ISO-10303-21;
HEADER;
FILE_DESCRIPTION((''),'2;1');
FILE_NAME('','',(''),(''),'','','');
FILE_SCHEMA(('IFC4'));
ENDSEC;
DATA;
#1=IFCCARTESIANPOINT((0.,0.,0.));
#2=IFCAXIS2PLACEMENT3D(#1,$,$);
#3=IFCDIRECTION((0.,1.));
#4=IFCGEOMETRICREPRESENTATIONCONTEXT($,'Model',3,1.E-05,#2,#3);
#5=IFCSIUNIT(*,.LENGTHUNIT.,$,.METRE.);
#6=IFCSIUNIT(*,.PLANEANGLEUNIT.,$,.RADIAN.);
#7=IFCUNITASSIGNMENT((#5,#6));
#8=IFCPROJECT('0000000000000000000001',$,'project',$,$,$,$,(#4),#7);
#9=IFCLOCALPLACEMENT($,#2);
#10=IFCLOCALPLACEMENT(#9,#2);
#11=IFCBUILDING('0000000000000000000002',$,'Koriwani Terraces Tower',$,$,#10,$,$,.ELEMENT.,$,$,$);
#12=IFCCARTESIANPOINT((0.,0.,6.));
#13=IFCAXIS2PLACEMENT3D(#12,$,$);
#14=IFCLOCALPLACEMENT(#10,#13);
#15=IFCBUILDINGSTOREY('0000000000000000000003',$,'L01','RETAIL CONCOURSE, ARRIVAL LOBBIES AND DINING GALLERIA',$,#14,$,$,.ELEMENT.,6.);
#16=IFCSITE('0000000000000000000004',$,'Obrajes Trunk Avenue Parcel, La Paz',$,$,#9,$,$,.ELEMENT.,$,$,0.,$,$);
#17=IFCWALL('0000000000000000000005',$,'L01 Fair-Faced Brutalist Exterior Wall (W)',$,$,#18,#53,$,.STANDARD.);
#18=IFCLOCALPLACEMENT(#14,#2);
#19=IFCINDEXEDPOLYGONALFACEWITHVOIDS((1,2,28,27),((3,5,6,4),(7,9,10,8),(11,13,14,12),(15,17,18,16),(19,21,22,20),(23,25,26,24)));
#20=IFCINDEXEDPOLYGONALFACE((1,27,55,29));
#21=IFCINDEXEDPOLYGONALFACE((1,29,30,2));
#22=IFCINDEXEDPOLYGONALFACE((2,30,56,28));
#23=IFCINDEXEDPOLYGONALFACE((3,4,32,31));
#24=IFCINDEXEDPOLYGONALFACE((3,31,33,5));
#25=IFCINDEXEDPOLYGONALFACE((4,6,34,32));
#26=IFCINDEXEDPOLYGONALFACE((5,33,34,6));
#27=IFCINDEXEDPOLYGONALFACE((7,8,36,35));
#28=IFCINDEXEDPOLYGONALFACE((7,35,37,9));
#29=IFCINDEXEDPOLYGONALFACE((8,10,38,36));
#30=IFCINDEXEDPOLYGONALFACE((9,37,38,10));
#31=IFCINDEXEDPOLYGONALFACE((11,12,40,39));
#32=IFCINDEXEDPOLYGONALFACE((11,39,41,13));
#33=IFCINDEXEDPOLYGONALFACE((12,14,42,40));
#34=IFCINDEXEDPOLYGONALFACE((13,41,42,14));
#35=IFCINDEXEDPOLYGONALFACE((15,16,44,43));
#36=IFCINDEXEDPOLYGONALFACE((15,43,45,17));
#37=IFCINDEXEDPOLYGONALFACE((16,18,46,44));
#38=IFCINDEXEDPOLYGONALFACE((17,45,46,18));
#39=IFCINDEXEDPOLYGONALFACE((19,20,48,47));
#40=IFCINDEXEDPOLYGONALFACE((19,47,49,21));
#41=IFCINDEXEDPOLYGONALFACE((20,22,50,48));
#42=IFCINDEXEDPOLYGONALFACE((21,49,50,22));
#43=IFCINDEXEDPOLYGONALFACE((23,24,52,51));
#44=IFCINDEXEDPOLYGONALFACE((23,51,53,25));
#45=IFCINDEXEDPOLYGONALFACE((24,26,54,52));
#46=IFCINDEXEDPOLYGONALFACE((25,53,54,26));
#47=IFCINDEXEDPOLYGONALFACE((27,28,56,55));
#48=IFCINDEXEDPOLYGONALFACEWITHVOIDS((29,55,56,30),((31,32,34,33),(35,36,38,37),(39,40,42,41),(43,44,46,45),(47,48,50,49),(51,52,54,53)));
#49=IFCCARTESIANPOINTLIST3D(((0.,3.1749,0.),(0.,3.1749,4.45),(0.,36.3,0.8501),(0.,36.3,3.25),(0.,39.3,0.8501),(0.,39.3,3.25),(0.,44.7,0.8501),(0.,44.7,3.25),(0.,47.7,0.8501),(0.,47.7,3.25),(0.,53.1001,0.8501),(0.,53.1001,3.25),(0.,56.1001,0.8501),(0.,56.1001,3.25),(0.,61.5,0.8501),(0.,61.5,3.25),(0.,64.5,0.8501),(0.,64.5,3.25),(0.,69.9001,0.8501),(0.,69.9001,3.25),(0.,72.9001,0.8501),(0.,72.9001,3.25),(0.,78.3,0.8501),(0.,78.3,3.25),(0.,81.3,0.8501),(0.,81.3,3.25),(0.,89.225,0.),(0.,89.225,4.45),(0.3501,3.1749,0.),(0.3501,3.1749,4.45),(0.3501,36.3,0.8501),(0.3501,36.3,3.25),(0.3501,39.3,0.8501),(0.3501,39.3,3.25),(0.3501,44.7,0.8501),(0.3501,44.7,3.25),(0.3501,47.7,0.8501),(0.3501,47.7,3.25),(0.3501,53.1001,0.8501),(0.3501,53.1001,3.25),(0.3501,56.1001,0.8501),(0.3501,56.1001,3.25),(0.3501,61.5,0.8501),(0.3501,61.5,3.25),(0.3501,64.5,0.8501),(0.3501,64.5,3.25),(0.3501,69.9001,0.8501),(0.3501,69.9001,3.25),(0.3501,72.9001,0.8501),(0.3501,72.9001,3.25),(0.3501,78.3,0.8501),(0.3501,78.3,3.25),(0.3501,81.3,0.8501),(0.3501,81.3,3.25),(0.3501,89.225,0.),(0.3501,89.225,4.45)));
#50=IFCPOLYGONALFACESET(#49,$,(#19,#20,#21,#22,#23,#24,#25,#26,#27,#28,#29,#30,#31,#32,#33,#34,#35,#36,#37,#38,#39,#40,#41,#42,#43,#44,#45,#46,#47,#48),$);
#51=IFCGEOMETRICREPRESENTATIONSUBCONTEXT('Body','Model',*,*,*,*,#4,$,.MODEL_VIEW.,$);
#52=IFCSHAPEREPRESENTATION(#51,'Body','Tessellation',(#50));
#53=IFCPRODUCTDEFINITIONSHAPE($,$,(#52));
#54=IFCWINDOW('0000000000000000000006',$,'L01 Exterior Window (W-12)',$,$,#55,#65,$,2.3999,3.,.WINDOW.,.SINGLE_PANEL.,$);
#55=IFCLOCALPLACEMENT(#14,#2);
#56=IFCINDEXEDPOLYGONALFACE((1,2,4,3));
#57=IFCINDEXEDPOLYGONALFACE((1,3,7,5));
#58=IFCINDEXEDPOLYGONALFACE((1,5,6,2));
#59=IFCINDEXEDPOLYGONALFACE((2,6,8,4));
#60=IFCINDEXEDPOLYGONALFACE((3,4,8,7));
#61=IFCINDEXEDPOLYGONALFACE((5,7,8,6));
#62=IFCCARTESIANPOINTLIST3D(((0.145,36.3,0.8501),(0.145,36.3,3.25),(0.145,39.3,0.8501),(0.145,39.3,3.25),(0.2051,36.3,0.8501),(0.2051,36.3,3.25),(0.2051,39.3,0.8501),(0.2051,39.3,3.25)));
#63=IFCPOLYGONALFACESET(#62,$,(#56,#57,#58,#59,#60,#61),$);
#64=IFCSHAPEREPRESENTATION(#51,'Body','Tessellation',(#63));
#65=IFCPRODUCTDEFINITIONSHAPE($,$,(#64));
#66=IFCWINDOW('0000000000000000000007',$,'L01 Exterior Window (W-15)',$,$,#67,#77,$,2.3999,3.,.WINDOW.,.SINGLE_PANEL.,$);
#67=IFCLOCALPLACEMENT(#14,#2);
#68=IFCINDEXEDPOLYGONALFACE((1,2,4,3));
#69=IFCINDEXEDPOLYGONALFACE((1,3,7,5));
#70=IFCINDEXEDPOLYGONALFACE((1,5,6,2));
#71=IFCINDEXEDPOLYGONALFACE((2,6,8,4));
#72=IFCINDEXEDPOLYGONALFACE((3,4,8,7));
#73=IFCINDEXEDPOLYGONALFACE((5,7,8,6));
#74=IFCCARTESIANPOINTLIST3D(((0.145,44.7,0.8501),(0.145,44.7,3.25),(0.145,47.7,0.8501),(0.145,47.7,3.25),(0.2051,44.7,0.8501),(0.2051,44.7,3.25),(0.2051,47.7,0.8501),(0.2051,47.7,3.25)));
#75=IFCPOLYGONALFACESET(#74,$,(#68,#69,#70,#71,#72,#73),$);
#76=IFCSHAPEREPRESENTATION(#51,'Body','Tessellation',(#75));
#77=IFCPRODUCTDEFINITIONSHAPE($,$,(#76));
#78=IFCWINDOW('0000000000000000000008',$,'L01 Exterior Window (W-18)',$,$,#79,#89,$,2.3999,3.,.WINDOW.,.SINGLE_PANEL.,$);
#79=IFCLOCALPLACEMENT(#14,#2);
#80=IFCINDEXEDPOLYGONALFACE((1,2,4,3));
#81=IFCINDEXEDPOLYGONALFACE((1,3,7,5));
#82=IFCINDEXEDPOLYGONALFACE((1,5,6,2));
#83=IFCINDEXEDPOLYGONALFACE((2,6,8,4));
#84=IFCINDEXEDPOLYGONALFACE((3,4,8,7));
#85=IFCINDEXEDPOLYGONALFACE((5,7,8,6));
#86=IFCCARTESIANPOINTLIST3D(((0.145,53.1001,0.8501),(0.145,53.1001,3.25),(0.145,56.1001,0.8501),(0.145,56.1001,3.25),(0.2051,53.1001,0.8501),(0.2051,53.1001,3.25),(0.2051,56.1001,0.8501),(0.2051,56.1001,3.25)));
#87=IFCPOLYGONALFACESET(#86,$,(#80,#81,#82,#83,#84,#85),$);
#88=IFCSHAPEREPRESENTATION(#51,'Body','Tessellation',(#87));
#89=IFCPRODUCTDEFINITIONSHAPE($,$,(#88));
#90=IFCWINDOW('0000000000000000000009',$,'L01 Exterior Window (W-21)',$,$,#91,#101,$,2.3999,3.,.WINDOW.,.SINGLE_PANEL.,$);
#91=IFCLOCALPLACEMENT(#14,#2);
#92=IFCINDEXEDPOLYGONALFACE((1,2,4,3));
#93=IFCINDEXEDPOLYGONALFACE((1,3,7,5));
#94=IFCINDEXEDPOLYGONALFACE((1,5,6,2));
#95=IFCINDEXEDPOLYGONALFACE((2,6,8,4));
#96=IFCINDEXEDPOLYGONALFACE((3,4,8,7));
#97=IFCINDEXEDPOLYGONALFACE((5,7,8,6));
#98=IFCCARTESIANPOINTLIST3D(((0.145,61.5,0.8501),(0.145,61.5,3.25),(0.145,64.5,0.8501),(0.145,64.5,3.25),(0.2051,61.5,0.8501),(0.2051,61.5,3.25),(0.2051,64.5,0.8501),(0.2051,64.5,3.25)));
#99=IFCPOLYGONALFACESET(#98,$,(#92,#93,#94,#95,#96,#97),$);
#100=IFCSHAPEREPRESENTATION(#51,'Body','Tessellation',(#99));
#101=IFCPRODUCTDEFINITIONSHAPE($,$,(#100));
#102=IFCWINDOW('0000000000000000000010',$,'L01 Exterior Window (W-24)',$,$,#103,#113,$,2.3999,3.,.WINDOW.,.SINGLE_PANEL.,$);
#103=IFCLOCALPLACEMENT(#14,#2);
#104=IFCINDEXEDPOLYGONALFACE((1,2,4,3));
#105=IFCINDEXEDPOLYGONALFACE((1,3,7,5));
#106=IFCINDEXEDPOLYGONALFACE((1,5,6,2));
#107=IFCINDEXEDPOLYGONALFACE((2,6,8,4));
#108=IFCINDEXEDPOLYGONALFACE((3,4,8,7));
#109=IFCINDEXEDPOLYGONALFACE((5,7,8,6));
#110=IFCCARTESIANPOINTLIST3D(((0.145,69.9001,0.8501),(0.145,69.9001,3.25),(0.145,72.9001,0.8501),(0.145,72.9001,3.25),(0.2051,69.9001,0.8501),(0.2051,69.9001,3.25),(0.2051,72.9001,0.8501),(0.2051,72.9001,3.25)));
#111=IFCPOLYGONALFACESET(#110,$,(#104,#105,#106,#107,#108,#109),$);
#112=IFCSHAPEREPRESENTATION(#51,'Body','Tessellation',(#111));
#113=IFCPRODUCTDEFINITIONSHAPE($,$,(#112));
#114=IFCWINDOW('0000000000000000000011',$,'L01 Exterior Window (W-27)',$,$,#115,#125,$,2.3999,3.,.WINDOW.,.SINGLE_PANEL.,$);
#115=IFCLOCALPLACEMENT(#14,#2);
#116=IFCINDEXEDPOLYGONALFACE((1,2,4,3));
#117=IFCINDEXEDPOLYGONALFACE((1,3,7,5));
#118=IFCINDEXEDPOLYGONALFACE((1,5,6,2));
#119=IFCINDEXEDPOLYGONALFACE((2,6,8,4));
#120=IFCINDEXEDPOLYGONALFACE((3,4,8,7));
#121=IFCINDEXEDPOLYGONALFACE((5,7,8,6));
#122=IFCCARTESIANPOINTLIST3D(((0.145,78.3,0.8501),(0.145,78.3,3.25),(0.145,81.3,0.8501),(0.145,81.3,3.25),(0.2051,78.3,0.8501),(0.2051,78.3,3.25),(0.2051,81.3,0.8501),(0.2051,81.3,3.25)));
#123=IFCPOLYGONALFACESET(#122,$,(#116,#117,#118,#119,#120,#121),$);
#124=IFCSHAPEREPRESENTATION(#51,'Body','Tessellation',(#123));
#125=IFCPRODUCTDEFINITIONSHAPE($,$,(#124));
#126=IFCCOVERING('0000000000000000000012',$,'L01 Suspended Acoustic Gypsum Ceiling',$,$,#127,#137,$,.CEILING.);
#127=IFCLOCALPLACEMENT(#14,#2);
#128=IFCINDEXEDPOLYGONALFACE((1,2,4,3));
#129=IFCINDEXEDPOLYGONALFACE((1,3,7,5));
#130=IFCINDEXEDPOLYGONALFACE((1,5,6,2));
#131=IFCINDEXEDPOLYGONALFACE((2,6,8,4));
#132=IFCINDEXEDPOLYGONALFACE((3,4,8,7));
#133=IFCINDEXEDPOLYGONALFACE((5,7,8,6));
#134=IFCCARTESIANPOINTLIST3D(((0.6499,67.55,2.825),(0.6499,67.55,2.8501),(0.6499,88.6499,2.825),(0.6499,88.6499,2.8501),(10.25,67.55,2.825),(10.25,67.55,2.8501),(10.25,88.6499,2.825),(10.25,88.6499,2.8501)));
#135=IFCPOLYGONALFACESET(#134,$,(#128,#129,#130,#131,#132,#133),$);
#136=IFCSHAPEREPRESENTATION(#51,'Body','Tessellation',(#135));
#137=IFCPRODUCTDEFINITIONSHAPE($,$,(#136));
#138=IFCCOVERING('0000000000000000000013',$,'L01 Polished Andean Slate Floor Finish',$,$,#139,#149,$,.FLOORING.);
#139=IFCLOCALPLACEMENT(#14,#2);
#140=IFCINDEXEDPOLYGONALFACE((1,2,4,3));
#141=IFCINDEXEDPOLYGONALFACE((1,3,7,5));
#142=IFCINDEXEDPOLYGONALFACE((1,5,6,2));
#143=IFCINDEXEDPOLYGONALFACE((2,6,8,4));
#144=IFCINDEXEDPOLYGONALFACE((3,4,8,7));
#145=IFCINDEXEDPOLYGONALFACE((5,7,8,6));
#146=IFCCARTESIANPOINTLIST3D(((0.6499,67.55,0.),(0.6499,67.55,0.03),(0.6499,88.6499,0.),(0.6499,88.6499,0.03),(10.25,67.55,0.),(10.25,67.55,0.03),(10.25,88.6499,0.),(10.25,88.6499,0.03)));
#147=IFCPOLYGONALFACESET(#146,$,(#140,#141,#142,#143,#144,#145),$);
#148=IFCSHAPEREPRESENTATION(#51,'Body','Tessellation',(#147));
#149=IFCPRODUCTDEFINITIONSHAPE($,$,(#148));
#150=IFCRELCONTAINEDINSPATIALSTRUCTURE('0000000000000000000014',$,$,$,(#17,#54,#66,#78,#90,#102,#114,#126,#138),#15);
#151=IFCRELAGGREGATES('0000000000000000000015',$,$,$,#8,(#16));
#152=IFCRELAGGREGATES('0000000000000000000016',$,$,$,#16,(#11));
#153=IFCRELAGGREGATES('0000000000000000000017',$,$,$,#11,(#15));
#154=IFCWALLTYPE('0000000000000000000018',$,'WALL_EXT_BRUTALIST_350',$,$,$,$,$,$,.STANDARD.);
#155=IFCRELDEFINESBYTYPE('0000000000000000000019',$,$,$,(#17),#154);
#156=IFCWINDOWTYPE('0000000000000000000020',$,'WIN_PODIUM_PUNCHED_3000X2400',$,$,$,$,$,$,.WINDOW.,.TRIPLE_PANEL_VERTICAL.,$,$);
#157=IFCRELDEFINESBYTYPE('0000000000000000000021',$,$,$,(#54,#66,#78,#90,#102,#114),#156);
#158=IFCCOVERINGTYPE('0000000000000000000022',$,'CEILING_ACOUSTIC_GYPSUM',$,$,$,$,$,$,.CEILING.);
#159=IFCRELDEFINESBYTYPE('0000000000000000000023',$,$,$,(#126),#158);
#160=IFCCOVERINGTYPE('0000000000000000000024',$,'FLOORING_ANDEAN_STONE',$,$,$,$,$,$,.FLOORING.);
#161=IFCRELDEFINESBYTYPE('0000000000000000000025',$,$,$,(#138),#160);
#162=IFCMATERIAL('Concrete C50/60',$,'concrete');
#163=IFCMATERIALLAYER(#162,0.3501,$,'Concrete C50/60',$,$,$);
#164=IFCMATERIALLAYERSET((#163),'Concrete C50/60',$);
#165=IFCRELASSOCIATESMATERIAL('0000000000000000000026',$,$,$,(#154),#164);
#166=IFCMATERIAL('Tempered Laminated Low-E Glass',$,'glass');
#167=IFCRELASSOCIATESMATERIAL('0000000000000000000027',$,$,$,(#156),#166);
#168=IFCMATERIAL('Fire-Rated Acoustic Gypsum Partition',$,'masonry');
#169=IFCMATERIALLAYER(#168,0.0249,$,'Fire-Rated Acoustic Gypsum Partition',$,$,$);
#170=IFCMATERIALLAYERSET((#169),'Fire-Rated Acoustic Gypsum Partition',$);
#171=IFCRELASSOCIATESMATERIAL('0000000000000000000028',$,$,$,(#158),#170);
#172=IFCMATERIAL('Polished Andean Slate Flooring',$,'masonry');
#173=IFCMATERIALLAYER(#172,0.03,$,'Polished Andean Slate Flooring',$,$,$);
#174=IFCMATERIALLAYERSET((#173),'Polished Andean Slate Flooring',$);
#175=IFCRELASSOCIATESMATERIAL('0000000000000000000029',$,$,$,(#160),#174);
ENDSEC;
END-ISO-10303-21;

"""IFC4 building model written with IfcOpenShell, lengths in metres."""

from ifc_helpers import new_model, si_unit, direction, frame, frame_2d, origin, place, context, subcontext, project, spatial, polyline, rectangle, outline, extrude, material, layer, layer_set, type_object, element, fill, save


model = new_model("IFC4")

# Units and contexts
model_context = context("Model", 3, precision=1e-05, world=origin(), true_north=direction((0.0, 1.0)))
body_context = subcontext(model_context, "Body", "Model", "MODEL_VIEW")
ifc_project = project(units=[si_unit("LENGTHUNIT", "METRE"), si_unit("PLANEANGLEUNIT", "RADIAN")], contexts=[model_context])

# Site, building, storey
site_placement = place(None, origin())
site = spatial("IfcSite", under=ifc_project, at=site_placement, Name="Obrajes Trunk Avenue Parcel, La Paz", CompositionType="ELEMENT", RefElevation=0.0)
building_placement = place(site_placement, origin())
building = spatial("IfcBuilding", under=site, at=building_placement, Name="Koriwani Terraces Tower", CompositionType="ELEMENT")
storey_placement = place(building_placement, frame((0.0, 0.0, 6.0)))
storey = spatial("IfcBuildingStorey", under=building, at=storey_placement, Name="L01", Description="RETAIL CONCOURSE, ARRIVAL LOBBIES AND DINING GALLERIA", CompositionType="ELEMENT", Elevation=6.0)

# Shared definitions
ifc_material_1 = material(Name="Concrete C50/60", Category="concrete")
ifc_material_2 = material(Name="Tempered Laminated Low-E Glass", Category="glass")

# Shared definitions
ifc_layer_1 = layer(ifc_material_1, 0.3501, Name="Concrete C50/60")
ifc_layer_set_1 = layer_set([ifc_layer_1], Name="Concrete C50/60")
wall_type = type_object("IfcWallType", Name="WALL_EXT_BRUTALIST_350", PredefinedType="STANDARD", material=ifc_layer_set_1)

# Wall, openings, windows
wall_placement = place(storey_placement, frame((0.175, 3.175, 0.0), z_axis=(0.0, 0.0, 1.0), x_axis=(0.0, 1.0, 0.0)))
wall = element("IfcWall", 1, at=wall_placement, inside=storey, type_object=wall_type, Name="L01 Fair-Faced Brutalist Exterior Wall (W)", PredefinedType="STANDARD", context=body_context, shape_type="SweptSolid", body=[
    extrude(rectangle(XDim=86.05, YDim=0.3501, at=frame_2d((43.0249, 0.0))), origin(), (0.0, 0.0, 1.0), 4.45),
])
opening_1_placement = place(wall_placement, frame((33.125, 0.0, 0.8501)))
opening_1 = element("IfcOpeningElement", 2, at=opening_1_placement, cuts=wall, PredefinedType="OPENING", context=body_context, shape_type="SweptSolid", body=[
    extrude(rectangle(XDim=3.0, YDim=2.3999, at=frame_2d((1.5, 1.2))), frame((0.0, 0.1851, 0.0), z_axis=(0.0, -1.0, 0.0), x_axis=(1.0, 0.0, 0.0)), (0.0, 0.0, 1.0), 0.3701),
])
opening_2_placement = place(wall_placement, frame((41.5249, 0.0, 0.8501)))
opening_2 = element("IfcOpeningElement", 3, at=opening_2_placement, cuts=wall, PredefinedType="OPENING", context=body_context, shape_type="SweptSolid", body=[
    extrude(rectangle(XDim=3.0, YDim=2.3999, at=frame_2d((1.5, 1.2))), frame((0.0, 0.1851, 0.0), z_axis=(0.0, -1.0, 0.0), x_axis=(1.0, 0.0, 0.0)), (0.0, 0.0, 1.0), 0.3701),
])
opening_3_placement = place(wall_placement, frame((49.925, 0.0, 0.8501)))
opening_3 = element("IfcOpeningElement", 4, at=opening_3_placement, cuts=wall, PredefinedType="OPENING", context=body_context, shape_type="SweptSolid", body=[
    extrude(rectangle(XDim=3.0, YDim=2.3999, at=frame_2d((1.5, 1.2))), frame((0.0, 0.1851, 0.0), z_axis=(0.0, -1.0, 0.0), x_axis=(1.0, 0.0, 0.0)), (0.0, 0.0, 1.0), 0.3701),
])
opening_4_placement = place(wall_placement, frame((58.325, 0.0, 0.8501)))
opening_4 = element("IfcOpeningElement", 5, at=opening_4_placement, cuts=wall, PredefinedType="OPENING", context=body_context, shape_type="SweptSolid", body=[
    extrude(rectangle(XDim=3.0, YDim=2.3999, at=frame_2d((1.5, 1.2))), frame((0.0, 0.1851, 0.0), z_axis=(0.0, -1.0, 0.0), x_axis=(1.0, 0.0, 0.0)), (0.0, 0.0, 1.0), 0.3701),
])
opening_5_placement = place(wall_placement, frame((66.7251, 0.0, 0.8501)))
opening_5 = element("IfcOpeningElement", 6, at=opening_5_placement, cuts=wall, PredefinedType="OPENING", context=body_context, shape_type="SweptSolid", body=[
    extrude(rectangle(XDim=3.0, YDim=2.3999, at=frame_2d((1.5, 1.2))), frame((0.0, 0.1851, 0.0), z_axis=(0.0, -1.0, 0.0), x_axis=(1.0, 0.0, 0.0)), (0.0, 0.0, 1.0), 0.3701),
])
opening_6_placement = place(wall_placement, frame((75.125, 0.0, 0.8501)))
opening_6 = element("IfcOpeningElement", 7, at=opening_6_placement, cuts=wall, PredefinedType="OPENING", context=body_context, shape_type="SweptSolid", body=[
    extrude(rectangle(XDim=3.0, YDim=2.3999, at=frame_2d((1.5, 1.2))), frame((0.0, 0.1851, 0.0), z_axis=(0.0, -1.0, 0.0), x_axis=(1.0, 0.0, 0.0)), (0.0, 0.0, 1.0), 0.3701),
])
window_type_1 = type_object("IfcWindowType", Name="WIN_PODIUM_PUNCHED_3000X2400", PartitioningType="TRIPLE_PANEL_VERTICAL", PredefinedType="WINDOW", material=ifc_material_2)
window_1_placement = place(opening_1_placement, origin())
window_1 = element("IfcWindow", 8, at=window_1_placement, inside=storey, type_object=window_type_1, Name="L01 Exterior Window (W-12)", OverallHeight=2.3999, OverallWidth=3.0, PartitioningType="SINGLE_PANEL", PredefinedType="WINDOW", context=body_context, shape_type="SweptSolid", body=[
    extrude(rectangle(XDim=3.0, YDim=2.3999, at=frame_2d((1.5, 1.2))), frame((0.0, 0.03, 0.0), z_axis=(0.0, -1.0, 0.0), x_axis=(1.0, 0.0, 0.0)), (0.0, 0.0, 1.0), 0.0601),
])
fill(opening_1, window_1)
window_2_placement = place(opening_2_placement, origin())
window_2 = element("IfcWindow", 9, at=window_2_placement, inside=storey, type_object=window_type_1, Name="L01 Exterior Window (W-15)", OverallHeight=2.3999, OverallWidth=3.0, PartitioningType="SINGLE_PANEL", PredefinedType="WINDOW", context=body_context, shape_type="SweptSolid", body=[
    extrude(rectangle(XDim=3.0, YDim=2.3999, at=frame_2d((1.5, 1.2))), frame((0.0, 0.03, 0.0), z_axis=(0.0, -1.0, 0.0), x_axis=(1.0, 0.0, 0.0)), (0.0, 0.0, 1.0), 0.0601),
])
fill(opening_2, window_2)
window_3_placement = place(opening_3_placement, origin())
window_3 = element("IfcWindow", 10, at=window_3_placement, inside=storey, type_object=window_type_1, Name="L01 Exterior Window (W-18)", OverallHeight=2.3999, OverallWidth=3.0, PartitioningType="SINGLE_PANEL", PredefinedType="WINDOW", context=body_context, shape_type="SweptSolid", body=[
    extrude(rectangle(XDim=3.0, YDim=2.3999, at=frame_2d((1.5, 1.2))), frame((0.0, 0.03, 0.0), z_axis=(0.0, -1.0, 0.0), x_axis=(1.0, 0.0, 0.0)), (0.0, 0.0, 1.0), 0.0601),
])
fill(opening_3, window_3)
window_4_placement = place(opening_4_placement, origin())
window_4 = element("IfcWindow", 11, at=window_4_placement, inside=storey, type_object=window_type_1, Name="L01 Exterior Window (W-21)", OverallHeight=2.3999, OverallWidth=3.0, PartitioningType="SINGLE_PANEL", PredefinedType="WINDOW", context=body_context, shape_type="SweptSolid", body=[
    extrude(rectangle(XDim=3.0, YDim=2.3999, at=frame_2d((1.5, 1.2))), frame((0.0, 0.03, 0.0), z_axis=(0.0, -1.0, 0.0), x_axis=(1.0, 0.0, 0.0)), (0.0, 0.0, 1.0), 0.0601),
])
fill(opening_4, window_4)
window_5_placement = place(opening_5_placement, origin())
window_5 = element("IfcWindow", 12, at=window_5_placement, inside=storey, type_object=window_type_1, Name="L01 Exterior Window (W-24)", OverallHeight=2.3999, OverallWidth=3.0, PartitioningType="SINGLE_PANEL", PredefinedType="WINDOW", context=body_context, shape_type="SweptSolid", body=[
    extrude(rectangle(XDim=3.0, YDim=2.3999, at=frame_2d((1.5, 1.2))), frame((0.0, 0.03, 0.0), z_axis=(0.0, -1.0, 0.0), x_axis=(1.0, 0.0, 0.0)), (0.0, 0.0, 1.0), 0.0601),
])
fill(opening_5, window_5)
window_6_placement = place(opening_6_placement, origin())
window_6 = element("IfcWindow", 13, at=window_6_placement, inside=storey, type_object=window_type_1, Name="L01 Exterior Window (W-27)", OverallHeight=2.3999, OverallWidth=3.0, PartitioningType="SINGLE_PANEL", PredefinedType="WINDOW", context=body_context, shape_type="SweptSolid", body=[
    extrude(rectangle(XDim=3.0, YDim=2.3999, at=frame_2d((1.5, 1.2))), frame((0.0, 0.03, 0.0), z_axis=(0.0, -1.0, 0.0), x_axis=(1.0, 0.0, 0.0)), (0.0, 0.0, 1.0), 0.0601),
])
fill(opening_6, window_6)

# Coverings
ifc_material_3 = material(Name="Fire-Rated Acoustic Gypsum Partition", Category="masonry")
ifc_layer_2 = layer(ifc_material_3, 0.0249, Name="Fire-Rated Acoustic Gypsum Partition")
ifc_layer_set_2 = layer_set([ifc_layer_2], Name="Fire-Rated Acoustic Gypsum Partition")
covering_type_1 = type_object("IfcCoveringType", Name="CEILING_ACOUSTIC_GYPSUM", PredefinedType="CEILING", material=ifc_layer_set_2)
covering_1_placement = place(storey_placement, frame((0.0, 0.0, 2.825)))
element("IfcCovering", 14, at=covering_1_placement, inside=storey, type_object=covering_type_1, Name="L01 Suspended Acoustic Gypsum Ceiling", PredefinedType="CEILING", context=body_context, shape_type="SweptSolid", body=[
    extrude(outline(polyline([(0.6499, 67.55), (0.6499, 88.6499), (10.25, 88.6499), (10.25, 67.55), (0.6499, 67.55)])), origin(), (0.0, 0.0, 1.0), 0.0251),
])
ifc_material_4 = material(Name="Polished Andean Slate Flooring", Category="masonry")
ifc_layer_3 = layer(ifc_material_4, 0.03, Name="Polished Andean Slate Flooring")
ifc_layer_set_3 = layer_set([ifc_layer_3], Name="Polished Andean Slate Flooring")
covering_type_2 = type_object("IfcCoveringType", Name="FLOORING_ANDEAN_STONE", PredefinedType="FLOORING", material=ifc_layer_set_3)
covering_2_placement = place(storey_placement, origin())
element("IfcCovering", 15, at=covering_2_placement, inside=storey, type_object=covering_type_2, Name="L01 Polished Andean Slate Floor Finish", PredefinedType="FLOORING", context=body_context, shape_type="SweptSolid", body=[
    extrude(outline(polyline([(0.6499, 67.55), (0.6499, 88.6499), (10.25, 88.6499), (10.25, 67.55), (0.6499, 67.55)])), origin(), (0.0, 0.0, 1.0), 0.03),
])

save(model, "model.ifc")
